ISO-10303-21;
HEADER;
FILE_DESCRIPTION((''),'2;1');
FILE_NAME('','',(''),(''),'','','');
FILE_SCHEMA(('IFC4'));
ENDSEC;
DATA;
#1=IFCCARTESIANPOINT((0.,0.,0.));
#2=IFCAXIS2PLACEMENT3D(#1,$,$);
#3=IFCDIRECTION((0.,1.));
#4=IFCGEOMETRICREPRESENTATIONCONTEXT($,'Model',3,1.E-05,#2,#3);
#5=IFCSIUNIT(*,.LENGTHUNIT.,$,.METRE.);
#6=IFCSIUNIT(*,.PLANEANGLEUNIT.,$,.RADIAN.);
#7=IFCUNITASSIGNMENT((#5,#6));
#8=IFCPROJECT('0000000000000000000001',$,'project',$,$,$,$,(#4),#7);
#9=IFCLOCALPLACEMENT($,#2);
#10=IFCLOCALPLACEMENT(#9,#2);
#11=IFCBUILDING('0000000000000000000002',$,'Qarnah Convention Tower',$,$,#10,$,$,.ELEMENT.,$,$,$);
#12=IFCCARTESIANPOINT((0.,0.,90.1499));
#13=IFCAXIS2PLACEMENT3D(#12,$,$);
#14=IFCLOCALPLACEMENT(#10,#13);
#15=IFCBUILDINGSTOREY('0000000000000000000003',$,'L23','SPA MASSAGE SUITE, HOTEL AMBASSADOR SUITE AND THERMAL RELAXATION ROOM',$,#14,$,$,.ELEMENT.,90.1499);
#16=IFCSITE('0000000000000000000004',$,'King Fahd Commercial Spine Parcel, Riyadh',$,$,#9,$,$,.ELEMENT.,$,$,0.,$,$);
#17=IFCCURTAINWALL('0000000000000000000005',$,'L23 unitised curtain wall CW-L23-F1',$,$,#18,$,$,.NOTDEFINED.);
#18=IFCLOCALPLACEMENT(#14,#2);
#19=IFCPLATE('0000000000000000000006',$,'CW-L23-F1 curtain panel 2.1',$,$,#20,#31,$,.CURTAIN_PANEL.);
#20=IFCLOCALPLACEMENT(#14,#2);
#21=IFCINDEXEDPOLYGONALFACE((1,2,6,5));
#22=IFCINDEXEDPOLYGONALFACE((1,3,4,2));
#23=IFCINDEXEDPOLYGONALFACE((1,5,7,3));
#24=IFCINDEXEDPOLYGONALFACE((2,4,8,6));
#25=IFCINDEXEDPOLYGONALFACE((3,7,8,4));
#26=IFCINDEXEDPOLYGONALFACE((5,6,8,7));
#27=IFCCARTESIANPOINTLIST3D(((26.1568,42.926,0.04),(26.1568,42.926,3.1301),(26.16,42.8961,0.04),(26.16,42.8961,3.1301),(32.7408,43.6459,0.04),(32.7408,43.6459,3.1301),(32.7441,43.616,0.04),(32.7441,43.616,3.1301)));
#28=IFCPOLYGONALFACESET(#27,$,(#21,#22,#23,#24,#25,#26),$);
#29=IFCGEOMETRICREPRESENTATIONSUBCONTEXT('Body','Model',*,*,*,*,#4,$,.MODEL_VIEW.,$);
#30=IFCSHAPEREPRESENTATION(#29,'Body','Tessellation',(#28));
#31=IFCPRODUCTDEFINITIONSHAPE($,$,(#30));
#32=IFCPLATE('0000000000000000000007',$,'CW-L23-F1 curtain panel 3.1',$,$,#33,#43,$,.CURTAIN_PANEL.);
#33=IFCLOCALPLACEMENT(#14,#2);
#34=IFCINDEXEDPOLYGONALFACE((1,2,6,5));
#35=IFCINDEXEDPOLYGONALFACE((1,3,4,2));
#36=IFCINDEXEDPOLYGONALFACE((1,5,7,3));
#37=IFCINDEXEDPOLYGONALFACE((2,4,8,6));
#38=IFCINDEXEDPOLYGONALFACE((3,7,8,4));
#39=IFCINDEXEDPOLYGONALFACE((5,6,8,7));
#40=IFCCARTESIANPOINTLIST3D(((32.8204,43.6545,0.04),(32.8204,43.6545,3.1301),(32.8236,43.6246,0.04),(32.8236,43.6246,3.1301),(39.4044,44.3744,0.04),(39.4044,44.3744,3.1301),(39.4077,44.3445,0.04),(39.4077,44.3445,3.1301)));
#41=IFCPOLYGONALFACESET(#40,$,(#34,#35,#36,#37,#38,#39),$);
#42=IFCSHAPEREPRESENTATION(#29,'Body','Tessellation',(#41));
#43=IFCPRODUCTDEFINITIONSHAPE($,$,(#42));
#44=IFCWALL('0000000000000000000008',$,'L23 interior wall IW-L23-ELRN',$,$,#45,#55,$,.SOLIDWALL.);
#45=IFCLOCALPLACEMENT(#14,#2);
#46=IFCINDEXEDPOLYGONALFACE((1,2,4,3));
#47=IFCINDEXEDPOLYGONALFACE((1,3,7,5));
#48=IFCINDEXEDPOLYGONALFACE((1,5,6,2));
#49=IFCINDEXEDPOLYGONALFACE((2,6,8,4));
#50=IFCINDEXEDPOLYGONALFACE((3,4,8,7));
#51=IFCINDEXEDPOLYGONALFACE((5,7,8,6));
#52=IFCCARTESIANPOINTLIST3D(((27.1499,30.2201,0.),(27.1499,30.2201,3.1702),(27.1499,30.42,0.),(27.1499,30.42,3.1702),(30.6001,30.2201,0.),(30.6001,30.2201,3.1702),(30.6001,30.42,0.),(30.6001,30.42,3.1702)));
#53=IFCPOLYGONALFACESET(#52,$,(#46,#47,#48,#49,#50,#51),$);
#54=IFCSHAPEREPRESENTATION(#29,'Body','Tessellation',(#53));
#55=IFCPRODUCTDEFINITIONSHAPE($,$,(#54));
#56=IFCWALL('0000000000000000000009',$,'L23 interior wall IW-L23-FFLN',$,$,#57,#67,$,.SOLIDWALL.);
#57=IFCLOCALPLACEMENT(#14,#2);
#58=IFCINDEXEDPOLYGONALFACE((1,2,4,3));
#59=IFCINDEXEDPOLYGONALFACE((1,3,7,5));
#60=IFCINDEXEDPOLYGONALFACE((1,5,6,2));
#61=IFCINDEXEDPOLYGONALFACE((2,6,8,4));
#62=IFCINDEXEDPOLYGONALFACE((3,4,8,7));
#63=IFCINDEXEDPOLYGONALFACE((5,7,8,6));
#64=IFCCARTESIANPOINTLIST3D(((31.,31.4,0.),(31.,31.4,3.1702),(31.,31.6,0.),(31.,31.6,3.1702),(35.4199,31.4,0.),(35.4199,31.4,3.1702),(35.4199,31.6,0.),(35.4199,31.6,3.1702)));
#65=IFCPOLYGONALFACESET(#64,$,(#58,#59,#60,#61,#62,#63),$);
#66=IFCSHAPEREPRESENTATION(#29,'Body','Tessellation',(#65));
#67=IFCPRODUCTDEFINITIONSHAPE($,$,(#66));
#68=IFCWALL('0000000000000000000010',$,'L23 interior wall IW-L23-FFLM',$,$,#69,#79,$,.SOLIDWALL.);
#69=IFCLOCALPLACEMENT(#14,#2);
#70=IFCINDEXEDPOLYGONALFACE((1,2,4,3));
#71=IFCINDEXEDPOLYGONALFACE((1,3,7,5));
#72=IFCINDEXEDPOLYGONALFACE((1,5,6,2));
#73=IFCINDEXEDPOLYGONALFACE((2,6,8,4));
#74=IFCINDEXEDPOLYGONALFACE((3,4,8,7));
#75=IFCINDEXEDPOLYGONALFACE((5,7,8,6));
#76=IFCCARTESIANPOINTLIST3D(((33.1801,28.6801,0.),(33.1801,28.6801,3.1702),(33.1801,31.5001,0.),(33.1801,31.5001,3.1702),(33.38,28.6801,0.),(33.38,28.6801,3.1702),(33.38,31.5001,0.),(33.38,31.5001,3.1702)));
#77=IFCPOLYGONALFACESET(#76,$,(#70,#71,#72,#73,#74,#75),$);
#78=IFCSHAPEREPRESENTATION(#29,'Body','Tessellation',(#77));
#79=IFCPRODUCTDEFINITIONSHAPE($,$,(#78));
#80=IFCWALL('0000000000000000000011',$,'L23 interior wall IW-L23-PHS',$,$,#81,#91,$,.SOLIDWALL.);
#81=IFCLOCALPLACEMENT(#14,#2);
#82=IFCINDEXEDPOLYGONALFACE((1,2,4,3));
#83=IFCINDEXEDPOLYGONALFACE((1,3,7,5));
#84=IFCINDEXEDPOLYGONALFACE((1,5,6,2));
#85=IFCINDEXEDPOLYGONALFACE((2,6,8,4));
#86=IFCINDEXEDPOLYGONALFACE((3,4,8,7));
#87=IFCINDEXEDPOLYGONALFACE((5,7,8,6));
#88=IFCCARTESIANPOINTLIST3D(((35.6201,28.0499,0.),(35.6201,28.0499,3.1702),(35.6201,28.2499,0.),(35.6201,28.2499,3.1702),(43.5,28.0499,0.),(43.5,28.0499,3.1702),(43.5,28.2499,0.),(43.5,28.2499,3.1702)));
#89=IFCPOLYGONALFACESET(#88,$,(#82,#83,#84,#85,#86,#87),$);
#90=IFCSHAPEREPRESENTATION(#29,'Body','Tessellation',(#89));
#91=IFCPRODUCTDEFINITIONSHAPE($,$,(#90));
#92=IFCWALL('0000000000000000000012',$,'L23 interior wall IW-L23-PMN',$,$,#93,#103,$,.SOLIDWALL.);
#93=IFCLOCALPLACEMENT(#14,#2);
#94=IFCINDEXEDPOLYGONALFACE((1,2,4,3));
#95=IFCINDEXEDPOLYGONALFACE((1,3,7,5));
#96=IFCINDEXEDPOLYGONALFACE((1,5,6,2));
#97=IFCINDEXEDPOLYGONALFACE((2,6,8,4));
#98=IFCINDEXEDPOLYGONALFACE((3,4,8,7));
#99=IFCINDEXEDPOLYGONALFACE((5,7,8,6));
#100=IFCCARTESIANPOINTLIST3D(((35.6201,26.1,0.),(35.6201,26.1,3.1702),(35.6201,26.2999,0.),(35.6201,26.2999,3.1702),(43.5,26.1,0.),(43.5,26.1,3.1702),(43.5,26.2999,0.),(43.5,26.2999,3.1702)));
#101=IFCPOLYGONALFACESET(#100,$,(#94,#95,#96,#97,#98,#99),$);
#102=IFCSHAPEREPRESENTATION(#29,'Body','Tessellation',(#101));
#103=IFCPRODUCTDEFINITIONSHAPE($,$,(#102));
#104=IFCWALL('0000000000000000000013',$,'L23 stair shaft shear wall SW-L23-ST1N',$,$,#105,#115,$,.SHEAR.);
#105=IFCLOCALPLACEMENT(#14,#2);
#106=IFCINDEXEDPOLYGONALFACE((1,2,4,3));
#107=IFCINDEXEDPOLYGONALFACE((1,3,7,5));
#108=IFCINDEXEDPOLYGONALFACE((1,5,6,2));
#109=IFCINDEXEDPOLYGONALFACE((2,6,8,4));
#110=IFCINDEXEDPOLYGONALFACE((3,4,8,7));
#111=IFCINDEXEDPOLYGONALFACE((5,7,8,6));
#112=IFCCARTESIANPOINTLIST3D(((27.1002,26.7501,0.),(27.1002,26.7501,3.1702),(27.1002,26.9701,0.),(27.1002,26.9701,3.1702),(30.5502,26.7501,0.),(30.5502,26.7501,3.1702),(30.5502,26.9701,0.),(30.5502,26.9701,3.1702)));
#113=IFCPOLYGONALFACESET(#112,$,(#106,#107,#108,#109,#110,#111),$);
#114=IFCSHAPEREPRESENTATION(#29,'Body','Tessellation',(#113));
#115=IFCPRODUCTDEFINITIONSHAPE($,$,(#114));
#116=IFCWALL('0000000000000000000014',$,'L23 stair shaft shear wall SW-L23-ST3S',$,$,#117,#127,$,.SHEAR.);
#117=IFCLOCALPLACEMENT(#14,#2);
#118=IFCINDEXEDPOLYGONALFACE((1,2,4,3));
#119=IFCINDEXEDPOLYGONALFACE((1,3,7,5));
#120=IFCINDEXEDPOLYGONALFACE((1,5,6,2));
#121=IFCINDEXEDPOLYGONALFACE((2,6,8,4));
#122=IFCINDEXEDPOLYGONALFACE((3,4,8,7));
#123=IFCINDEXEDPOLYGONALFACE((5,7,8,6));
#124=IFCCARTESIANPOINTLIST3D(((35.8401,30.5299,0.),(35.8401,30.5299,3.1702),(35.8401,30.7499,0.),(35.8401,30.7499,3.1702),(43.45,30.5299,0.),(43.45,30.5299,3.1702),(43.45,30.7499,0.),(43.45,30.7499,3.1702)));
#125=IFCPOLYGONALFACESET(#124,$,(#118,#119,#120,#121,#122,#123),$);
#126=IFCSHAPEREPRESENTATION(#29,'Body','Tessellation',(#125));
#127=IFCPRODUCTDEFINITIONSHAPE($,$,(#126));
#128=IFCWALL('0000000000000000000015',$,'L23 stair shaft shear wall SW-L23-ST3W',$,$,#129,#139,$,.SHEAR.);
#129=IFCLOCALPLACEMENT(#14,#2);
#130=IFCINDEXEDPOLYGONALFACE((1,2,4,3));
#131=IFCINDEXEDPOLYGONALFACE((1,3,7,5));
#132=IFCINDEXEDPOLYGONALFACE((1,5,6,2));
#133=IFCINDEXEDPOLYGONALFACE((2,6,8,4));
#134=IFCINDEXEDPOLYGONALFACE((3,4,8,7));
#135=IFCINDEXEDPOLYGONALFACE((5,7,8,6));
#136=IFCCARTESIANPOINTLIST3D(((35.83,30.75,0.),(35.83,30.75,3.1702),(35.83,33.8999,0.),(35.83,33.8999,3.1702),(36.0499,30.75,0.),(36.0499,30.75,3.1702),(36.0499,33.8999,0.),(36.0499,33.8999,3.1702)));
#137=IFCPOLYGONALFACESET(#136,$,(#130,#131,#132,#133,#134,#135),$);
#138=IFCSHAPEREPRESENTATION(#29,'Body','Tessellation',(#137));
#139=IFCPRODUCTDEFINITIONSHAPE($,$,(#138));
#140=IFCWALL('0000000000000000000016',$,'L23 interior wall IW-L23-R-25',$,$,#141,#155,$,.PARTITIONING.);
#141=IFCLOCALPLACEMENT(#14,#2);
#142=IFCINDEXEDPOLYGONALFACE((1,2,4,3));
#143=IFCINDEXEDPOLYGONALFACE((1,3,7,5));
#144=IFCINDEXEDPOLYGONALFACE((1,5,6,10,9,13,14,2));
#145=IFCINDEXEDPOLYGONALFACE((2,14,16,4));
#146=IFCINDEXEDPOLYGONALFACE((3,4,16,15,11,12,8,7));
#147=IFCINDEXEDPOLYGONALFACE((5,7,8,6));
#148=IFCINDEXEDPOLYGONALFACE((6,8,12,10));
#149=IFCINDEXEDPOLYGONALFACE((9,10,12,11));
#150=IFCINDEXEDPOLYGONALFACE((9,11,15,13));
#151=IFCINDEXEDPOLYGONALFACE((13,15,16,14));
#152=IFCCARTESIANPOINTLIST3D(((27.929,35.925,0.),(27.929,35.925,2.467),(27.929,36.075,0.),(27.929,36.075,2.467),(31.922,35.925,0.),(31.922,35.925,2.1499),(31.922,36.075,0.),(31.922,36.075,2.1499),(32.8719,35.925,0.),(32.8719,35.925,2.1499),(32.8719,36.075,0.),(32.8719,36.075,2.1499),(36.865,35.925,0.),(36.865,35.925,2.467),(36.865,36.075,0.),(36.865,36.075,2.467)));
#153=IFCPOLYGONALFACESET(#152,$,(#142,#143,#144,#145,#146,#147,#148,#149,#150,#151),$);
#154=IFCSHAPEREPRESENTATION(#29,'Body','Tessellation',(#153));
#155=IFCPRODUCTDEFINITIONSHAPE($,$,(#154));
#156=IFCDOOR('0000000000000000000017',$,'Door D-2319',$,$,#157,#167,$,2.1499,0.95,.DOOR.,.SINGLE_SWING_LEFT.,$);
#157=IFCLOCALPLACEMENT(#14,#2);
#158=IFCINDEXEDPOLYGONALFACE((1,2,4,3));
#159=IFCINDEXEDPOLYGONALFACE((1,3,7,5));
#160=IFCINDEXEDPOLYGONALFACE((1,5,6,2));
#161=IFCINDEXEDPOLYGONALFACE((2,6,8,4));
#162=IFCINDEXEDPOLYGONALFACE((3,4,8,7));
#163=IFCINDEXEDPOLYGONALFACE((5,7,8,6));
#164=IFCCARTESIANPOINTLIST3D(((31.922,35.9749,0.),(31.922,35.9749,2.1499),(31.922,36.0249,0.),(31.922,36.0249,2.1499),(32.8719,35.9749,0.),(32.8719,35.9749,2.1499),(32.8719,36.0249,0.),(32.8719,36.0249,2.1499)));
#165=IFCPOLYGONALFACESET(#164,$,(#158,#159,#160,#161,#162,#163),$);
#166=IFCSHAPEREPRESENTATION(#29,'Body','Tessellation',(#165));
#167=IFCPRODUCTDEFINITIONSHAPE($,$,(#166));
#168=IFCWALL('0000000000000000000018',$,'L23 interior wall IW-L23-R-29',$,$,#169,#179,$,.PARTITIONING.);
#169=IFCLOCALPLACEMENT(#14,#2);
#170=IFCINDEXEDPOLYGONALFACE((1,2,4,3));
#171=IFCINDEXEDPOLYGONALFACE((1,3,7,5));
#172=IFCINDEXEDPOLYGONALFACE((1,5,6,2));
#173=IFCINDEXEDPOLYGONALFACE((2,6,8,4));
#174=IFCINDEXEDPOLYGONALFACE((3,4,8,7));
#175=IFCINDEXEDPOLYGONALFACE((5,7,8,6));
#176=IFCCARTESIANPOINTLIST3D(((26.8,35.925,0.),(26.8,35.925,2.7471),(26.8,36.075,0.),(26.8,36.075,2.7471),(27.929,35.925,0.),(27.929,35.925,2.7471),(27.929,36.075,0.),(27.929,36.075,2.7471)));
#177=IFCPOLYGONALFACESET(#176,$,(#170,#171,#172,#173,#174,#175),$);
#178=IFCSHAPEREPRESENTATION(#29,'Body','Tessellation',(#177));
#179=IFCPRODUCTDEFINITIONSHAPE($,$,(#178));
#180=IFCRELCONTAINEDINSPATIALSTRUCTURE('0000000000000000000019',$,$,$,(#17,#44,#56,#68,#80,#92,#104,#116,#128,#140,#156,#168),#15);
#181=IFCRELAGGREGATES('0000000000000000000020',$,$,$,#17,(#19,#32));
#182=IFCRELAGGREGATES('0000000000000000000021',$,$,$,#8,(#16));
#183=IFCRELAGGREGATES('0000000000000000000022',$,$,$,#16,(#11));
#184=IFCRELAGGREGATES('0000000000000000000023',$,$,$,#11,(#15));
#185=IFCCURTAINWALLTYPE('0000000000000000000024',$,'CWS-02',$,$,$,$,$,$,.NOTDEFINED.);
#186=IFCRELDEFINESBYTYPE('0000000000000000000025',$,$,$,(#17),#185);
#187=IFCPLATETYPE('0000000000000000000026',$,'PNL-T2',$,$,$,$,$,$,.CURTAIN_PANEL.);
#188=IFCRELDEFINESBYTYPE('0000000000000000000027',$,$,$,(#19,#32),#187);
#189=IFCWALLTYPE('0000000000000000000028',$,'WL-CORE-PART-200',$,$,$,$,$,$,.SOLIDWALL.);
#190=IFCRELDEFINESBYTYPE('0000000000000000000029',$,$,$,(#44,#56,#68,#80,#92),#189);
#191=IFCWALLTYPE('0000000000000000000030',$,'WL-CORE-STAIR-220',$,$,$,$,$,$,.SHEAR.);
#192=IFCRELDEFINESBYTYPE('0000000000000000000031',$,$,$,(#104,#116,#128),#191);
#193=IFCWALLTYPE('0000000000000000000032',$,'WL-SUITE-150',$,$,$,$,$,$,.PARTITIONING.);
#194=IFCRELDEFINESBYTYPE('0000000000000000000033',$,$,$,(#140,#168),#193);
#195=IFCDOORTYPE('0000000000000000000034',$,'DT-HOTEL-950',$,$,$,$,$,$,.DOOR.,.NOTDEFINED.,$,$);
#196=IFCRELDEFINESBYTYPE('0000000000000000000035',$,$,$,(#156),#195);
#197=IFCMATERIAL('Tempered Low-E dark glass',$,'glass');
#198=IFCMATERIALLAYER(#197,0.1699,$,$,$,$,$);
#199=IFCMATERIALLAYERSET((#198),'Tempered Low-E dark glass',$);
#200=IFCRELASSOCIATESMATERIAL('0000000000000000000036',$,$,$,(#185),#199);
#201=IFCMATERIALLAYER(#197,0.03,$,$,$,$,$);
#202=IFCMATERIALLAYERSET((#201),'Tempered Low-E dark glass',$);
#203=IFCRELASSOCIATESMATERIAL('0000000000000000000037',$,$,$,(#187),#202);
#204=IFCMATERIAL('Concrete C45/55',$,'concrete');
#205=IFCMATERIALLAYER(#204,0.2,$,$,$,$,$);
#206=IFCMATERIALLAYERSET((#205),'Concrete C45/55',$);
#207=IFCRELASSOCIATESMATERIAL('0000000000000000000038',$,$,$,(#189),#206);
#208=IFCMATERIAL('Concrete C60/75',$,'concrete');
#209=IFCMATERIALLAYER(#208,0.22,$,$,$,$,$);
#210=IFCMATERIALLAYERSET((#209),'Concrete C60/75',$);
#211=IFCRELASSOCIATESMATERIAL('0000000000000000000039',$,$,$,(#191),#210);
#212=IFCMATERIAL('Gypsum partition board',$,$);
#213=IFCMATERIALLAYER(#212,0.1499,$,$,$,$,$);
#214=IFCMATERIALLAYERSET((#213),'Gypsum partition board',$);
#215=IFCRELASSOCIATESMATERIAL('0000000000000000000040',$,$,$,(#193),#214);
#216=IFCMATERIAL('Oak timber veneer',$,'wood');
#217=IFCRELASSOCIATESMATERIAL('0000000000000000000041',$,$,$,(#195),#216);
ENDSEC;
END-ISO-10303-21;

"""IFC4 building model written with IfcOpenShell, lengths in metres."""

from ifc_helpers import new_model, si_unit, direction, frame, frame_2d, origin, origin_2d, place, context, subcontext, project, spatial, rectangle, extrude, material, layer, layer_set, type_object, element, fill, aggregate, save


model = new_model("IFC4")

# Units and contexts
model_context = context("Model", 3, precision=1e-05, world=origin(), true_north=direction((0.0, 1.0)))
body_context = subcontext(model_context, "Body", "Model", "MODEL_VIEW")
ifc_project = project(units=[si_unit("LENGTHUNIT", "METRE"), si_unit("PLANEANGLEUNIT", "RADIAN")], contexts=[model_context])

# Site, building, storey
site_placement = place(None, origin())
site = spatial("IfcSite", under=ifc_project, at=site_placement, Name="King Fahd Commercial Spine Parcel, Riyadh", CompositionType="ELEMENT", RefElevation=0.0)
building_placement = place(site_placement, origin())
building = spatial("IfcBuilding", under=site, at=building_placement, Name="Qarnah Convention Tower", CompositionType="ELEMENT")
storey_placement = place(building_placement, frame((0.0, 0.0, 90.1499)))
storey = spatial("IfcBuildingStorey", under=building, at=storey_placement, Name="L23", Description="SPA MASSAGE SUITE, HOTEL AMBASSADOR SUITE AND THERMAL RELAXATION ROOM", CompositionType="ELEMENT", Elevation=90.1499)

# Shared definitions
ifc_material_1 = material(Name="Concrete C60/75", Category="concrete")

# Curtain wall, plates
ifc_material_2 = material(Name="Tempered Low-E dark glass", Category="glass")
ifc_layer_1 = layer(ifc_material_2, 0.1699)
ifc_layer_set_1 = layer_set([ifc_layer_1], Name="Tempered Low-E dark glass")
curtain_wall_type = type_object("IfcCurtainWallType", Name="CWS-02", PredefinedType="NOTDEFINED", material=ifc_layer_set_1)
curtain_wall_placement = place(storey_placement, origin())
curtain_wall = element("IfcCurtainWall", 1, at=curtain_wall_placement, inside=storey, type_object=curtain_wall_type, Name="L23 unitised curtain wall CW-L23-F1", PredefinedType="NOTDEFINED")
ifc_layer_2 = layer(ifc_material_2, 0.03)
ifc_layer_set_2 = layer_set([ifc_layer_2], Name="Tempered Low-E dark glass")
plate_type = type_object("IfcPlateType", Name="PNL-T2", PredefinedType="CURTAIN_PANEL", material=ifc_layer_set_2)
plate_1_placement = place(storey_placement, frame((29.4504, 43.271, 0.04), z_axis=(0.0, 0.0, 1.0), x_axis=(0.994075, 0.108692, 0.0)))
plate_1 = element("IfcPlate", 2, at=plate_1_placement, type_object=plate_type, Name="CW-L23-F1 curtain panel 2.1", PredefinedType="CURTAIN_PANEL", context=body_context, shape_type="SweptSolid", body=[
    extrude(rectangle(XDim=6.6233, YDim=0.03, at=origin_2d()), origin(), (0.0, 0.0, 1.0), 3.0901),
])
plate_2_placement = place(storey_placement, frame((36.114, 43.9995, 0.04), z_axis=(0.0, 0.0, 1.0), x_axis=(0.994075, 0.108692, 0.0)))
plate_2 = element("IfcPlate", 3, at=plate_2_placement, type_object=plate_type, Name="CW-L23-F1 curtain panel 3.1", PredefinedType="CURTAIN_PANEL", context=body_context, shape_type="SweptSolid", body=[
    extrude(rectangle(XDim=6.6233, YDim=0.03, at=origin_2d()), origin(), (0.0, 0.0, 1.0), 3.0901),
])
aggregate(curtain_wall, [plate_1, plate_2])

# Wall
ifc_material_3 = material(Name="Concrete C45/55", Category="concrete")
ifc_layer_3 = layer(ifc_material_3, 0.2)
ifc_layer_set_3 = layer_set([ifc_layer_3], Name="Concrete C45/55")
wall_type_1 = type_object("IfcWallType", Name="WL-CORE-PART-200", PredefinedType="SOLIDWALL", material=ifc_layer_set_3)
wall_1_placement = place(storey_placement, frame((27.1499, 30.3201, 0.0), z_axis=(0.0, 0.0, 1.0), x_axis=(1.0, 0.0, 0.0)))
element("IfcWall", 4, at=wall_1_placement, inside=storey, type_object=wall_type_1, Name="L23 interior wall IW-L23-ELRN", PredefinedType="SOLIDWALL", context=body_context, shape_type="SweptSolid", body=[
    extrude(rectangle(XDim=3.4502, YDim=0.2, at=frame_2d((1.7251, 0.0))), origin(), (0.0, 0.0, 1.0), 3.1702),
])

# Walls
wall_2_placement = place(storey_placement, frame((31.0, 31.5, 0.0), z_axis=(0.0, 0.0, 1.0), x_axis=(1.0, 0.0, 0.0)))
element("IfcWall", 5, at=wall_2_placement, inside=storey, type_object=wall_type_1, Name="L23 interior wall IW-L23-FFLN", PredefinedType="SOLIDWALL", context=body_context, shape_type="SweptSolid", body=[
    extrude(rectangle(XDim=4.4199, YDim=0.2, at=frame_2d((2.21, 0.0))), origin(), (0.0, 0.0, 1.0), 3.1702),
])
wall_3_placement = place(storey_placement, frame((33.28, 28.6799, 0.0), z_axis=(0.0, 0.0, 1.0), x_axis=(0.0, 1.0, 0.0)))
element("IfcWall", 6, at=wall_3_placement, inside=storey, type_object=wall_type_1, Name="L23 interior wall IW-L23-FFLM", PredefinedType="SOLIDWALL", context=body_context, shape_type="SweptSolid", body=[
    extrude(rectangle(XDim=2.8201, YDim=0.2, at=frame_2d((1.4102, 0.0))), origin(), (0.0, 0.0, 1.0), 3.1702),
])
for number, where, z_axis, x_axis, name in (
    (7, (35.6201, 28.1499, 0.0), (0.0, 0.0, 1.0), (1.0, 0.0, 0.0), "L23 interior wall IW-L23-PHS"),
    (8, (35.6201, 26.2, 0.0), (0.0, 0.0, 1.0), (1.0, 0.0, 0.0), "L23 interior wall IW-L23-PMN"),
):
    element("IfcWall", number, at=place(storey_placement, frame(where, z_axis=z_axis, x_axis=x_axis)), inside=storey, type_object=wall_type_1, Name=name, PredefinedType="SOLIDWALL", context=body_context, shape_type="SweptSolid", body=[
        extrude(rectangle(XDim=7.8799, YDim=0.2, at=frame_2d((3.9399, 0.0))), origin(), (0.0, 0.0, 1.0), 3.1702),
    ])
ifc_layer_4 = layer(ifc_material_1, 0.22)
ifc_layer_set_4 = layer_set([ifc_layer_4], Name="Concrete C60/75")
wall_type_2 = type_object("IfcWallType", Name="WL-CORE-STAIR-220", PredefinedType="SHEAR", material=ifc_layer_set_4)
wall_4_placement = place(storey_placement, frame((27.1001, 26.8601, 0.0), z_axis=(0.0, 0.0, 1.0), x_axis=(1.0, 0.0, 0.0)))
element("IfcWall", 9, at=wall_4_placement, inside=storey, type_object=wall_type_2, Name="L23 stair shaft shear wall SW-L23-ST1N", PredefinedType="SHEAR", context=body_context, shape_type="SweptSolid", body=[
    extrude(rectangle(XDim=3.45, YDim=0.22, at=frame_2d((1.7251, 0.0))), origin(), (0.0, 0.0, 1.0), 3.1702),
])
wall_5_placement = place(storey_placement, frame((35.8401, 30.6399, 0.0), z_axis=(0.0, 0.0, 1.0), x_axis=(1.0, 0.0, 0.0)))
element("IfcWall", 10, at=wall_5_placement, inside=storey, type_object=wall_type_2, Name="L23 stair shaft shear wall SW-L23-ST3S", PredefinedType="SHEAR", context=body_context, shape_type="SweptSolid", body=[
    extrude(rectangle(XDim=7.6099, YDim=0.22, at=frame_2d((3.8049, 0.0))), origin(), (0.0, 0.0, 1.0), 3.1702),
])
wall_6_placement = place(storey_placement, frame((35.9399, 30.75, 0.0), z_axis=(0.0, 0.0, 1.0), x_axis=(0.0, 1.0, 0.0)))
element("IfcWall", 11, at=wall_6_placement, inside=storey, type_object=wall_type_2, Name="L23 stair shaft shear wall SW-L23-ST3W", PredefinedType="SHEAR", context=body_context, shape_type="SweptSolid", body=[
    extrude(rectangle(XDim=3.1499, YDim=0.22, at=frame_2d((1.575, 0.0))), origin(), (0.0, 0.0, 1.0), 3.1702),
])

# Wall, opening, door
ifc_material_4 = material(Name="Gypsum partition board")
ifc_layer_5 = layer(ifc_material_4, 0.1499)
ifc_layer_set_5 = layer_set([ifc_layer_5], Name="Gypsum partition board")
wall_type_3 = type_object("IfcWallType", Name="WL-SUITE-150", PredefinedType="PARTITIONING", material=ifc_layer_set_5)
wall_7_placement = place(storey_placement, frame((27.929, 36.0, 0.0), z_axis=(0.0, 0.0, 1.0), x_axis=(1.0, 0.0, 0.0)))
wall_7 = element("IfcWall", 12, at=wall_7_placement, inside=storey, type_object=wall_type_3, Name="L23 interior wall IW-L23-R-25", PredefinedType="PARTITIONING", context=body_context, shape_type="SweptSolid", body=[
    extrude(rectangle(XDim=8.936, YDim=0.1499, at=frame_2d((4.468, 0.0))), origin(), (0.0, 0.0, 1.0), 2.467),
])
opening_1_placement = place(wall_7_placement, frame((3.9929, 0.0, 0.0)))
opening_1 = element("IfcOpeningElement", 13, at=opening_1_placement, cuts=wall_7, PredefinedType="OPENING", context=body_context, shape_type="SweptSolid", body=[
    extrude(rectangle(XDim=0.95, YDim=2.1499, at=frame_2d((0.4751, 1.075))), frame((0.0, 0.085, 0.0), z_axis=(0.0, -1.0, 0.0), x_axis=(1.0, 0.0, 0.0)), (0.0, 0.0, 1.0), 0.1699),
])
ifc_material_5 = material(Name="Oak timber veneer", Category="wood")
door_type_1 = type_object("IfcDoorType", Name="DT-HOTEL-950", OperationType="NOTDEFINED", PredefinedType="DOOR", material=ifc_material_5)
door_1_placement = place(opening_1_placement, origin())
door_1 = element("IfcDoor", 14, at=door_1_placement, inside=storey, type_object=door_type_1, Name="Door D-2319", OperationType="SINGLE_SWING_LEFT", OverallHeight=2.1499, OverallWidth=0.95, PredefinedType="DOOR", context=body_context, shape_type="SweptSolid", body=[
    extrude(rectangle(XDim=0.95, YDim=2.1499, at=frame_2d((0.4751, 1.075))), frame((0.0, 0.0249, 0.0), z_axis=(0.0, -1.0, 0.0), x_axis=(1.0, 0.0, 0.0)), (0.0, 0.0, 1.0), 0.05),
])
fill(opening_1, door_1)

# Wall
wall_8_placement = place(storey_placement, frame((26.8, 36.0, 0.0), z_axis=(0.0, 0.0, 1.0), x_axis=(1.0, 0.0, 0.0)))
element("IfcWall", 15, at=wall_8_placement, inside=storey, type_object=wall_type_3, Name="L23 interior wall IW-L23-R-29", PredefinedType="PARTITIONING", context=body_context, shape_type="SweptSolid", body=[
    extrude(rectangle(XDim=1.1289, YDim=0.1499, at=frame_2d((0.5645, 0.0))), origin(), (0.0, 0.0, 1.0), 2.7471),
])

save(model, "model.ifc")
